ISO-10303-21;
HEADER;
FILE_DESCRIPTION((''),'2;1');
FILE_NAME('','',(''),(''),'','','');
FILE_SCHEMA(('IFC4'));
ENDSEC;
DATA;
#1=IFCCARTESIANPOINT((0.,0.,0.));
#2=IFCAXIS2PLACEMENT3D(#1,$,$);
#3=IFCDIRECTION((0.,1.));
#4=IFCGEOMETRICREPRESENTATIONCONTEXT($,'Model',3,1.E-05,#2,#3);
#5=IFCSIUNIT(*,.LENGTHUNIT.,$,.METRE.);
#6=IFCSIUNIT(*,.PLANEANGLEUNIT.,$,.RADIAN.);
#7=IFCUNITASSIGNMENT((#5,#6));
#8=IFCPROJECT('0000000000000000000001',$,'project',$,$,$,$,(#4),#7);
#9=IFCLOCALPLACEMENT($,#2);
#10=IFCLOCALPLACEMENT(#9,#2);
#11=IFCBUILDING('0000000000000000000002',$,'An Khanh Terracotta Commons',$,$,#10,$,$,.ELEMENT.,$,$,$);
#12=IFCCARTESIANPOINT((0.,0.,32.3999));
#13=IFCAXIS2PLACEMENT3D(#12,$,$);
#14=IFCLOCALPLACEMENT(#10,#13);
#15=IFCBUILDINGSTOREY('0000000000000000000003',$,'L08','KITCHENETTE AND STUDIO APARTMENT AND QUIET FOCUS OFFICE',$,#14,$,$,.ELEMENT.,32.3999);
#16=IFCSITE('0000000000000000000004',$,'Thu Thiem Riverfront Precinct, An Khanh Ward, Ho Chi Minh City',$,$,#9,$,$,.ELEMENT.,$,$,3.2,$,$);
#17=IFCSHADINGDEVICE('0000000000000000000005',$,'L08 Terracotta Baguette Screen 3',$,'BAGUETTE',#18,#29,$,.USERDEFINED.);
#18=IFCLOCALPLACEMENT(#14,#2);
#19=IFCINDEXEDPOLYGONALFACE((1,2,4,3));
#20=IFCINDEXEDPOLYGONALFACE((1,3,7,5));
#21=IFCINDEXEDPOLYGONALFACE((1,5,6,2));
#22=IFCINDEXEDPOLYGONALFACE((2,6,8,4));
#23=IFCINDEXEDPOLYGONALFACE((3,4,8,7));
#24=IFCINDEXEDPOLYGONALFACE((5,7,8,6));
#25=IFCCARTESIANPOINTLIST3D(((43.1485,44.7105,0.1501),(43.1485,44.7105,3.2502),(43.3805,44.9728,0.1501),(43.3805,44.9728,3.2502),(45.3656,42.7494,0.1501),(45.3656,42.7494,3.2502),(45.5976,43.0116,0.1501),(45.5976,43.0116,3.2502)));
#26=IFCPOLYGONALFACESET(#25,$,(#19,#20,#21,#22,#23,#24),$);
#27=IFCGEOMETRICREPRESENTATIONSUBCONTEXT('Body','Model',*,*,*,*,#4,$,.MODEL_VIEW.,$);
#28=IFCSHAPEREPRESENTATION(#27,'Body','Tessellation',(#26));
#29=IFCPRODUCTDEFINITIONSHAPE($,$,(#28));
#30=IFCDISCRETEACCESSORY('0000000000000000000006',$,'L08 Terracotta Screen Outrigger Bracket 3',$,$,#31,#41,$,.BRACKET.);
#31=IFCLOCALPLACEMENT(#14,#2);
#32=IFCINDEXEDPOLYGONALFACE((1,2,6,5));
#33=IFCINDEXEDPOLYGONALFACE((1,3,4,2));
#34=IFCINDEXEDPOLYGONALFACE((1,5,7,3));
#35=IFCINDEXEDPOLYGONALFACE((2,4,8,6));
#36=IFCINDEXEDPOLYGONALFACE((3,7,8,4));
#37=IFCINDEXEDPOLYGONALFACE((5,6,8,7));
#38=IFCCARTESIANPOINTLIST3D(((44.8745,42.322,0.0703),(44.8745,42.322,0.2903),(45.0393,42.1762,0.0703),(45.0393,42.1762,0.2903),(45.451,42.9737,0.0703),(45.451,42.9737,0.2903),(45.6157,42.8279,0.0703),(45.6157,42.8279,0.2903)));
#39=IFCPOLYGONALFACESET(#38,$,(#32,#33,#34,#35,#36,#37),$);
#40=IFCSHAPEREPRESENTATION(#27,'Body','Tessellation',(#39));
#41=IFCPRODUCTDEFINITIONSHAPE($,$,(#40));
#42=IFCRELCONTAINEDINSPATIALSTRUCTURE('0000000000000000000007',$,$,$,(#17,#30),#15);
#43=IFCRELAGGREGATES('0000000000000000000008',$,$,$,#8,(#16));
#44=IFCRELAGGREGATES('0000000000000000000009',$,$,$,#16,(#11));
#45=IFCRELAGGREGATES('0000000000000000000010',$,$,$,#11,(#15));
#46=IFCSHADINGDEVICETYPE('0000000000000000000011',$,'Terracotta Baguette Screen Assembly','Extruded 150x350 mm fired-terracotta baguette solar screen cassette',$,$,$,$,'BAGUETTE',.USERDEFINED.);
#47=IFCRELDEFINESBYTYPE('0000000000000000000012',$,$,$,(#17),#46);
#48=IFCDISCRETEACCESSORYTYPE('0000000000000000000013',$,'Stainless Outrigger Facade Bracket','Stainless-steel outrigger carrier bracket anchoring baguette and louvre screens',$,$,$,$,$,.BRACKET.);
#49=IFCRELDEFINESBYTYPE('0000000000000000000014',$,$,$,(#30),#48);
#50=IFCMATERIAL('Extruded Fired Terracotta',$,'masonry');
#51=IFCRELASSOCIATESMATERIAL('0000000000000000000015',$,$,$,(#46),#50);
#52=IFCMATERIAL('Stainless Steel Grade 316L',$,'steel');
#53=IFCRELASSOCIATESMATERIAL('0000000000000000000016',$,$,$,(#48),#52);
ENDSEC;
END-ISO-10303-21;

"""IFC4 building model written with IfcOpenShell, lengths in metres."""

from ifc_helpers import new_model, si_unit, direction, frame, origin, origin_2d, place, context, subcontext, project, spatial, rectangle, extrude, material, type_object, element, save


model = new_model("IFC4")

# Units and contexts
model_context = context("Model", 3, precision=1e-05, world=origin(), true_north=direction((0.0, 1.0)))
body_context = subcontext(model_context, "Body", "Model", "MODEL_VIEW")
ifc_project = project(units=[si_unit("LENGTHUNIT", "METRE"), si_unit("PLANEANGLEUNIT", "RADIAN")], contexts=[model_context])

# Site, building, storey
site_placement = place(None, origin())
site = spatial("IfcSite", under=ifc_project, at=site_placement, Name="Thu Thiem Riverfront Precinct, An Khanh Ward, Ho Chi Minh City", CompositionType="ELEMENT", RefElevation=3.2)
building_placement = place(site_placement, origin())
building = spatial("IfcBuilding", under=site, at=building_placement, Name="An Khanh Terracotta Commons", CompositionType="ELEMENT")
storey_placement = place(building_placement, frame((0.0, 0.0, 32.3999)))
storey = spatial("IfcBuildingStorey", under=building, at=storey_placement, Name="L08", Description="KITCHENETTE AND STUDIO APARTMENT AND QUIET FOCUS OFFICE", CompositionType="ELEMENT", Elevation=32.3999)

# Shading device
ifc_material_1 = material(Name="Extruded Fired Terracotta", Category="masonry")
shading_device_type = type_object("IfcShadingDeviceType", Name="Terracotta Baguette Screen Assembly", Description="Extruded 150x350 mm fired-terracotta baguette solar screen cassette", ElementType="BAGUETTE", PredefinedType="USERDEFINED", material=ifc_material_1)
shading_device_placement = place(storey_placement, frame((44.373, 43.8611, 0.1501), z_axis=(0.0, 0.0, 1.0), x_axis=(-0.749019, 0.662548, 0.0)))
element("IfcShadingDevice", 1, at=shading_device_placement, inside=storey, type_object=shading_device_type, Name="L08 Terracotta Baguette Screen 3", ObjectType="BAGUETTE", PredefinedType="USERDEFINED", context=body_context, shape_type="SweptSolid", body=[
    extrude(rectangle(XDim=2.96, YDim=0.3501, at=origin_2d()), origin(), (0.0, 0.0, 1.0), 3.1001),
])

# Discrete accessory
ifc_material_2 = material(Name="Stainless Steel Grade 316L", Category="steel")
discrete_accessory_type = type_object("IfcDiscreteAccessoryType", Name="Stainless Outrigger Facade Bracket", Description="Stainless-steel outrigger carrier bracket anchoring baguette and louvre screens", PredefinedType="BRACKET", material=ifc_material_2)
discrete_accessory_placement = place(storey_placement, frame((45.2451, 42.575, 0.0703), z_axis=(0.0, 0.0, 1.0), x_axis=(-0.749019, 0.662548, 0.0)))
element("IfcDiscreteAccessory", 2, at=discrete_accessory_placement, inside=storey, type_object=discrete_accessory_type, Name="L08 Terracotta Screen Outrigger Bracket 3", PredefinedType="BRACKET", context=body_context, shape_type="SweptSolid", body=[
    extrude(rectangle(XDim=0.22, YDim=0.8701, at=origin_2d()), origin(), (0.0, 0.0, 1.0), 0.22),
])

save(model, "model.ifc")
